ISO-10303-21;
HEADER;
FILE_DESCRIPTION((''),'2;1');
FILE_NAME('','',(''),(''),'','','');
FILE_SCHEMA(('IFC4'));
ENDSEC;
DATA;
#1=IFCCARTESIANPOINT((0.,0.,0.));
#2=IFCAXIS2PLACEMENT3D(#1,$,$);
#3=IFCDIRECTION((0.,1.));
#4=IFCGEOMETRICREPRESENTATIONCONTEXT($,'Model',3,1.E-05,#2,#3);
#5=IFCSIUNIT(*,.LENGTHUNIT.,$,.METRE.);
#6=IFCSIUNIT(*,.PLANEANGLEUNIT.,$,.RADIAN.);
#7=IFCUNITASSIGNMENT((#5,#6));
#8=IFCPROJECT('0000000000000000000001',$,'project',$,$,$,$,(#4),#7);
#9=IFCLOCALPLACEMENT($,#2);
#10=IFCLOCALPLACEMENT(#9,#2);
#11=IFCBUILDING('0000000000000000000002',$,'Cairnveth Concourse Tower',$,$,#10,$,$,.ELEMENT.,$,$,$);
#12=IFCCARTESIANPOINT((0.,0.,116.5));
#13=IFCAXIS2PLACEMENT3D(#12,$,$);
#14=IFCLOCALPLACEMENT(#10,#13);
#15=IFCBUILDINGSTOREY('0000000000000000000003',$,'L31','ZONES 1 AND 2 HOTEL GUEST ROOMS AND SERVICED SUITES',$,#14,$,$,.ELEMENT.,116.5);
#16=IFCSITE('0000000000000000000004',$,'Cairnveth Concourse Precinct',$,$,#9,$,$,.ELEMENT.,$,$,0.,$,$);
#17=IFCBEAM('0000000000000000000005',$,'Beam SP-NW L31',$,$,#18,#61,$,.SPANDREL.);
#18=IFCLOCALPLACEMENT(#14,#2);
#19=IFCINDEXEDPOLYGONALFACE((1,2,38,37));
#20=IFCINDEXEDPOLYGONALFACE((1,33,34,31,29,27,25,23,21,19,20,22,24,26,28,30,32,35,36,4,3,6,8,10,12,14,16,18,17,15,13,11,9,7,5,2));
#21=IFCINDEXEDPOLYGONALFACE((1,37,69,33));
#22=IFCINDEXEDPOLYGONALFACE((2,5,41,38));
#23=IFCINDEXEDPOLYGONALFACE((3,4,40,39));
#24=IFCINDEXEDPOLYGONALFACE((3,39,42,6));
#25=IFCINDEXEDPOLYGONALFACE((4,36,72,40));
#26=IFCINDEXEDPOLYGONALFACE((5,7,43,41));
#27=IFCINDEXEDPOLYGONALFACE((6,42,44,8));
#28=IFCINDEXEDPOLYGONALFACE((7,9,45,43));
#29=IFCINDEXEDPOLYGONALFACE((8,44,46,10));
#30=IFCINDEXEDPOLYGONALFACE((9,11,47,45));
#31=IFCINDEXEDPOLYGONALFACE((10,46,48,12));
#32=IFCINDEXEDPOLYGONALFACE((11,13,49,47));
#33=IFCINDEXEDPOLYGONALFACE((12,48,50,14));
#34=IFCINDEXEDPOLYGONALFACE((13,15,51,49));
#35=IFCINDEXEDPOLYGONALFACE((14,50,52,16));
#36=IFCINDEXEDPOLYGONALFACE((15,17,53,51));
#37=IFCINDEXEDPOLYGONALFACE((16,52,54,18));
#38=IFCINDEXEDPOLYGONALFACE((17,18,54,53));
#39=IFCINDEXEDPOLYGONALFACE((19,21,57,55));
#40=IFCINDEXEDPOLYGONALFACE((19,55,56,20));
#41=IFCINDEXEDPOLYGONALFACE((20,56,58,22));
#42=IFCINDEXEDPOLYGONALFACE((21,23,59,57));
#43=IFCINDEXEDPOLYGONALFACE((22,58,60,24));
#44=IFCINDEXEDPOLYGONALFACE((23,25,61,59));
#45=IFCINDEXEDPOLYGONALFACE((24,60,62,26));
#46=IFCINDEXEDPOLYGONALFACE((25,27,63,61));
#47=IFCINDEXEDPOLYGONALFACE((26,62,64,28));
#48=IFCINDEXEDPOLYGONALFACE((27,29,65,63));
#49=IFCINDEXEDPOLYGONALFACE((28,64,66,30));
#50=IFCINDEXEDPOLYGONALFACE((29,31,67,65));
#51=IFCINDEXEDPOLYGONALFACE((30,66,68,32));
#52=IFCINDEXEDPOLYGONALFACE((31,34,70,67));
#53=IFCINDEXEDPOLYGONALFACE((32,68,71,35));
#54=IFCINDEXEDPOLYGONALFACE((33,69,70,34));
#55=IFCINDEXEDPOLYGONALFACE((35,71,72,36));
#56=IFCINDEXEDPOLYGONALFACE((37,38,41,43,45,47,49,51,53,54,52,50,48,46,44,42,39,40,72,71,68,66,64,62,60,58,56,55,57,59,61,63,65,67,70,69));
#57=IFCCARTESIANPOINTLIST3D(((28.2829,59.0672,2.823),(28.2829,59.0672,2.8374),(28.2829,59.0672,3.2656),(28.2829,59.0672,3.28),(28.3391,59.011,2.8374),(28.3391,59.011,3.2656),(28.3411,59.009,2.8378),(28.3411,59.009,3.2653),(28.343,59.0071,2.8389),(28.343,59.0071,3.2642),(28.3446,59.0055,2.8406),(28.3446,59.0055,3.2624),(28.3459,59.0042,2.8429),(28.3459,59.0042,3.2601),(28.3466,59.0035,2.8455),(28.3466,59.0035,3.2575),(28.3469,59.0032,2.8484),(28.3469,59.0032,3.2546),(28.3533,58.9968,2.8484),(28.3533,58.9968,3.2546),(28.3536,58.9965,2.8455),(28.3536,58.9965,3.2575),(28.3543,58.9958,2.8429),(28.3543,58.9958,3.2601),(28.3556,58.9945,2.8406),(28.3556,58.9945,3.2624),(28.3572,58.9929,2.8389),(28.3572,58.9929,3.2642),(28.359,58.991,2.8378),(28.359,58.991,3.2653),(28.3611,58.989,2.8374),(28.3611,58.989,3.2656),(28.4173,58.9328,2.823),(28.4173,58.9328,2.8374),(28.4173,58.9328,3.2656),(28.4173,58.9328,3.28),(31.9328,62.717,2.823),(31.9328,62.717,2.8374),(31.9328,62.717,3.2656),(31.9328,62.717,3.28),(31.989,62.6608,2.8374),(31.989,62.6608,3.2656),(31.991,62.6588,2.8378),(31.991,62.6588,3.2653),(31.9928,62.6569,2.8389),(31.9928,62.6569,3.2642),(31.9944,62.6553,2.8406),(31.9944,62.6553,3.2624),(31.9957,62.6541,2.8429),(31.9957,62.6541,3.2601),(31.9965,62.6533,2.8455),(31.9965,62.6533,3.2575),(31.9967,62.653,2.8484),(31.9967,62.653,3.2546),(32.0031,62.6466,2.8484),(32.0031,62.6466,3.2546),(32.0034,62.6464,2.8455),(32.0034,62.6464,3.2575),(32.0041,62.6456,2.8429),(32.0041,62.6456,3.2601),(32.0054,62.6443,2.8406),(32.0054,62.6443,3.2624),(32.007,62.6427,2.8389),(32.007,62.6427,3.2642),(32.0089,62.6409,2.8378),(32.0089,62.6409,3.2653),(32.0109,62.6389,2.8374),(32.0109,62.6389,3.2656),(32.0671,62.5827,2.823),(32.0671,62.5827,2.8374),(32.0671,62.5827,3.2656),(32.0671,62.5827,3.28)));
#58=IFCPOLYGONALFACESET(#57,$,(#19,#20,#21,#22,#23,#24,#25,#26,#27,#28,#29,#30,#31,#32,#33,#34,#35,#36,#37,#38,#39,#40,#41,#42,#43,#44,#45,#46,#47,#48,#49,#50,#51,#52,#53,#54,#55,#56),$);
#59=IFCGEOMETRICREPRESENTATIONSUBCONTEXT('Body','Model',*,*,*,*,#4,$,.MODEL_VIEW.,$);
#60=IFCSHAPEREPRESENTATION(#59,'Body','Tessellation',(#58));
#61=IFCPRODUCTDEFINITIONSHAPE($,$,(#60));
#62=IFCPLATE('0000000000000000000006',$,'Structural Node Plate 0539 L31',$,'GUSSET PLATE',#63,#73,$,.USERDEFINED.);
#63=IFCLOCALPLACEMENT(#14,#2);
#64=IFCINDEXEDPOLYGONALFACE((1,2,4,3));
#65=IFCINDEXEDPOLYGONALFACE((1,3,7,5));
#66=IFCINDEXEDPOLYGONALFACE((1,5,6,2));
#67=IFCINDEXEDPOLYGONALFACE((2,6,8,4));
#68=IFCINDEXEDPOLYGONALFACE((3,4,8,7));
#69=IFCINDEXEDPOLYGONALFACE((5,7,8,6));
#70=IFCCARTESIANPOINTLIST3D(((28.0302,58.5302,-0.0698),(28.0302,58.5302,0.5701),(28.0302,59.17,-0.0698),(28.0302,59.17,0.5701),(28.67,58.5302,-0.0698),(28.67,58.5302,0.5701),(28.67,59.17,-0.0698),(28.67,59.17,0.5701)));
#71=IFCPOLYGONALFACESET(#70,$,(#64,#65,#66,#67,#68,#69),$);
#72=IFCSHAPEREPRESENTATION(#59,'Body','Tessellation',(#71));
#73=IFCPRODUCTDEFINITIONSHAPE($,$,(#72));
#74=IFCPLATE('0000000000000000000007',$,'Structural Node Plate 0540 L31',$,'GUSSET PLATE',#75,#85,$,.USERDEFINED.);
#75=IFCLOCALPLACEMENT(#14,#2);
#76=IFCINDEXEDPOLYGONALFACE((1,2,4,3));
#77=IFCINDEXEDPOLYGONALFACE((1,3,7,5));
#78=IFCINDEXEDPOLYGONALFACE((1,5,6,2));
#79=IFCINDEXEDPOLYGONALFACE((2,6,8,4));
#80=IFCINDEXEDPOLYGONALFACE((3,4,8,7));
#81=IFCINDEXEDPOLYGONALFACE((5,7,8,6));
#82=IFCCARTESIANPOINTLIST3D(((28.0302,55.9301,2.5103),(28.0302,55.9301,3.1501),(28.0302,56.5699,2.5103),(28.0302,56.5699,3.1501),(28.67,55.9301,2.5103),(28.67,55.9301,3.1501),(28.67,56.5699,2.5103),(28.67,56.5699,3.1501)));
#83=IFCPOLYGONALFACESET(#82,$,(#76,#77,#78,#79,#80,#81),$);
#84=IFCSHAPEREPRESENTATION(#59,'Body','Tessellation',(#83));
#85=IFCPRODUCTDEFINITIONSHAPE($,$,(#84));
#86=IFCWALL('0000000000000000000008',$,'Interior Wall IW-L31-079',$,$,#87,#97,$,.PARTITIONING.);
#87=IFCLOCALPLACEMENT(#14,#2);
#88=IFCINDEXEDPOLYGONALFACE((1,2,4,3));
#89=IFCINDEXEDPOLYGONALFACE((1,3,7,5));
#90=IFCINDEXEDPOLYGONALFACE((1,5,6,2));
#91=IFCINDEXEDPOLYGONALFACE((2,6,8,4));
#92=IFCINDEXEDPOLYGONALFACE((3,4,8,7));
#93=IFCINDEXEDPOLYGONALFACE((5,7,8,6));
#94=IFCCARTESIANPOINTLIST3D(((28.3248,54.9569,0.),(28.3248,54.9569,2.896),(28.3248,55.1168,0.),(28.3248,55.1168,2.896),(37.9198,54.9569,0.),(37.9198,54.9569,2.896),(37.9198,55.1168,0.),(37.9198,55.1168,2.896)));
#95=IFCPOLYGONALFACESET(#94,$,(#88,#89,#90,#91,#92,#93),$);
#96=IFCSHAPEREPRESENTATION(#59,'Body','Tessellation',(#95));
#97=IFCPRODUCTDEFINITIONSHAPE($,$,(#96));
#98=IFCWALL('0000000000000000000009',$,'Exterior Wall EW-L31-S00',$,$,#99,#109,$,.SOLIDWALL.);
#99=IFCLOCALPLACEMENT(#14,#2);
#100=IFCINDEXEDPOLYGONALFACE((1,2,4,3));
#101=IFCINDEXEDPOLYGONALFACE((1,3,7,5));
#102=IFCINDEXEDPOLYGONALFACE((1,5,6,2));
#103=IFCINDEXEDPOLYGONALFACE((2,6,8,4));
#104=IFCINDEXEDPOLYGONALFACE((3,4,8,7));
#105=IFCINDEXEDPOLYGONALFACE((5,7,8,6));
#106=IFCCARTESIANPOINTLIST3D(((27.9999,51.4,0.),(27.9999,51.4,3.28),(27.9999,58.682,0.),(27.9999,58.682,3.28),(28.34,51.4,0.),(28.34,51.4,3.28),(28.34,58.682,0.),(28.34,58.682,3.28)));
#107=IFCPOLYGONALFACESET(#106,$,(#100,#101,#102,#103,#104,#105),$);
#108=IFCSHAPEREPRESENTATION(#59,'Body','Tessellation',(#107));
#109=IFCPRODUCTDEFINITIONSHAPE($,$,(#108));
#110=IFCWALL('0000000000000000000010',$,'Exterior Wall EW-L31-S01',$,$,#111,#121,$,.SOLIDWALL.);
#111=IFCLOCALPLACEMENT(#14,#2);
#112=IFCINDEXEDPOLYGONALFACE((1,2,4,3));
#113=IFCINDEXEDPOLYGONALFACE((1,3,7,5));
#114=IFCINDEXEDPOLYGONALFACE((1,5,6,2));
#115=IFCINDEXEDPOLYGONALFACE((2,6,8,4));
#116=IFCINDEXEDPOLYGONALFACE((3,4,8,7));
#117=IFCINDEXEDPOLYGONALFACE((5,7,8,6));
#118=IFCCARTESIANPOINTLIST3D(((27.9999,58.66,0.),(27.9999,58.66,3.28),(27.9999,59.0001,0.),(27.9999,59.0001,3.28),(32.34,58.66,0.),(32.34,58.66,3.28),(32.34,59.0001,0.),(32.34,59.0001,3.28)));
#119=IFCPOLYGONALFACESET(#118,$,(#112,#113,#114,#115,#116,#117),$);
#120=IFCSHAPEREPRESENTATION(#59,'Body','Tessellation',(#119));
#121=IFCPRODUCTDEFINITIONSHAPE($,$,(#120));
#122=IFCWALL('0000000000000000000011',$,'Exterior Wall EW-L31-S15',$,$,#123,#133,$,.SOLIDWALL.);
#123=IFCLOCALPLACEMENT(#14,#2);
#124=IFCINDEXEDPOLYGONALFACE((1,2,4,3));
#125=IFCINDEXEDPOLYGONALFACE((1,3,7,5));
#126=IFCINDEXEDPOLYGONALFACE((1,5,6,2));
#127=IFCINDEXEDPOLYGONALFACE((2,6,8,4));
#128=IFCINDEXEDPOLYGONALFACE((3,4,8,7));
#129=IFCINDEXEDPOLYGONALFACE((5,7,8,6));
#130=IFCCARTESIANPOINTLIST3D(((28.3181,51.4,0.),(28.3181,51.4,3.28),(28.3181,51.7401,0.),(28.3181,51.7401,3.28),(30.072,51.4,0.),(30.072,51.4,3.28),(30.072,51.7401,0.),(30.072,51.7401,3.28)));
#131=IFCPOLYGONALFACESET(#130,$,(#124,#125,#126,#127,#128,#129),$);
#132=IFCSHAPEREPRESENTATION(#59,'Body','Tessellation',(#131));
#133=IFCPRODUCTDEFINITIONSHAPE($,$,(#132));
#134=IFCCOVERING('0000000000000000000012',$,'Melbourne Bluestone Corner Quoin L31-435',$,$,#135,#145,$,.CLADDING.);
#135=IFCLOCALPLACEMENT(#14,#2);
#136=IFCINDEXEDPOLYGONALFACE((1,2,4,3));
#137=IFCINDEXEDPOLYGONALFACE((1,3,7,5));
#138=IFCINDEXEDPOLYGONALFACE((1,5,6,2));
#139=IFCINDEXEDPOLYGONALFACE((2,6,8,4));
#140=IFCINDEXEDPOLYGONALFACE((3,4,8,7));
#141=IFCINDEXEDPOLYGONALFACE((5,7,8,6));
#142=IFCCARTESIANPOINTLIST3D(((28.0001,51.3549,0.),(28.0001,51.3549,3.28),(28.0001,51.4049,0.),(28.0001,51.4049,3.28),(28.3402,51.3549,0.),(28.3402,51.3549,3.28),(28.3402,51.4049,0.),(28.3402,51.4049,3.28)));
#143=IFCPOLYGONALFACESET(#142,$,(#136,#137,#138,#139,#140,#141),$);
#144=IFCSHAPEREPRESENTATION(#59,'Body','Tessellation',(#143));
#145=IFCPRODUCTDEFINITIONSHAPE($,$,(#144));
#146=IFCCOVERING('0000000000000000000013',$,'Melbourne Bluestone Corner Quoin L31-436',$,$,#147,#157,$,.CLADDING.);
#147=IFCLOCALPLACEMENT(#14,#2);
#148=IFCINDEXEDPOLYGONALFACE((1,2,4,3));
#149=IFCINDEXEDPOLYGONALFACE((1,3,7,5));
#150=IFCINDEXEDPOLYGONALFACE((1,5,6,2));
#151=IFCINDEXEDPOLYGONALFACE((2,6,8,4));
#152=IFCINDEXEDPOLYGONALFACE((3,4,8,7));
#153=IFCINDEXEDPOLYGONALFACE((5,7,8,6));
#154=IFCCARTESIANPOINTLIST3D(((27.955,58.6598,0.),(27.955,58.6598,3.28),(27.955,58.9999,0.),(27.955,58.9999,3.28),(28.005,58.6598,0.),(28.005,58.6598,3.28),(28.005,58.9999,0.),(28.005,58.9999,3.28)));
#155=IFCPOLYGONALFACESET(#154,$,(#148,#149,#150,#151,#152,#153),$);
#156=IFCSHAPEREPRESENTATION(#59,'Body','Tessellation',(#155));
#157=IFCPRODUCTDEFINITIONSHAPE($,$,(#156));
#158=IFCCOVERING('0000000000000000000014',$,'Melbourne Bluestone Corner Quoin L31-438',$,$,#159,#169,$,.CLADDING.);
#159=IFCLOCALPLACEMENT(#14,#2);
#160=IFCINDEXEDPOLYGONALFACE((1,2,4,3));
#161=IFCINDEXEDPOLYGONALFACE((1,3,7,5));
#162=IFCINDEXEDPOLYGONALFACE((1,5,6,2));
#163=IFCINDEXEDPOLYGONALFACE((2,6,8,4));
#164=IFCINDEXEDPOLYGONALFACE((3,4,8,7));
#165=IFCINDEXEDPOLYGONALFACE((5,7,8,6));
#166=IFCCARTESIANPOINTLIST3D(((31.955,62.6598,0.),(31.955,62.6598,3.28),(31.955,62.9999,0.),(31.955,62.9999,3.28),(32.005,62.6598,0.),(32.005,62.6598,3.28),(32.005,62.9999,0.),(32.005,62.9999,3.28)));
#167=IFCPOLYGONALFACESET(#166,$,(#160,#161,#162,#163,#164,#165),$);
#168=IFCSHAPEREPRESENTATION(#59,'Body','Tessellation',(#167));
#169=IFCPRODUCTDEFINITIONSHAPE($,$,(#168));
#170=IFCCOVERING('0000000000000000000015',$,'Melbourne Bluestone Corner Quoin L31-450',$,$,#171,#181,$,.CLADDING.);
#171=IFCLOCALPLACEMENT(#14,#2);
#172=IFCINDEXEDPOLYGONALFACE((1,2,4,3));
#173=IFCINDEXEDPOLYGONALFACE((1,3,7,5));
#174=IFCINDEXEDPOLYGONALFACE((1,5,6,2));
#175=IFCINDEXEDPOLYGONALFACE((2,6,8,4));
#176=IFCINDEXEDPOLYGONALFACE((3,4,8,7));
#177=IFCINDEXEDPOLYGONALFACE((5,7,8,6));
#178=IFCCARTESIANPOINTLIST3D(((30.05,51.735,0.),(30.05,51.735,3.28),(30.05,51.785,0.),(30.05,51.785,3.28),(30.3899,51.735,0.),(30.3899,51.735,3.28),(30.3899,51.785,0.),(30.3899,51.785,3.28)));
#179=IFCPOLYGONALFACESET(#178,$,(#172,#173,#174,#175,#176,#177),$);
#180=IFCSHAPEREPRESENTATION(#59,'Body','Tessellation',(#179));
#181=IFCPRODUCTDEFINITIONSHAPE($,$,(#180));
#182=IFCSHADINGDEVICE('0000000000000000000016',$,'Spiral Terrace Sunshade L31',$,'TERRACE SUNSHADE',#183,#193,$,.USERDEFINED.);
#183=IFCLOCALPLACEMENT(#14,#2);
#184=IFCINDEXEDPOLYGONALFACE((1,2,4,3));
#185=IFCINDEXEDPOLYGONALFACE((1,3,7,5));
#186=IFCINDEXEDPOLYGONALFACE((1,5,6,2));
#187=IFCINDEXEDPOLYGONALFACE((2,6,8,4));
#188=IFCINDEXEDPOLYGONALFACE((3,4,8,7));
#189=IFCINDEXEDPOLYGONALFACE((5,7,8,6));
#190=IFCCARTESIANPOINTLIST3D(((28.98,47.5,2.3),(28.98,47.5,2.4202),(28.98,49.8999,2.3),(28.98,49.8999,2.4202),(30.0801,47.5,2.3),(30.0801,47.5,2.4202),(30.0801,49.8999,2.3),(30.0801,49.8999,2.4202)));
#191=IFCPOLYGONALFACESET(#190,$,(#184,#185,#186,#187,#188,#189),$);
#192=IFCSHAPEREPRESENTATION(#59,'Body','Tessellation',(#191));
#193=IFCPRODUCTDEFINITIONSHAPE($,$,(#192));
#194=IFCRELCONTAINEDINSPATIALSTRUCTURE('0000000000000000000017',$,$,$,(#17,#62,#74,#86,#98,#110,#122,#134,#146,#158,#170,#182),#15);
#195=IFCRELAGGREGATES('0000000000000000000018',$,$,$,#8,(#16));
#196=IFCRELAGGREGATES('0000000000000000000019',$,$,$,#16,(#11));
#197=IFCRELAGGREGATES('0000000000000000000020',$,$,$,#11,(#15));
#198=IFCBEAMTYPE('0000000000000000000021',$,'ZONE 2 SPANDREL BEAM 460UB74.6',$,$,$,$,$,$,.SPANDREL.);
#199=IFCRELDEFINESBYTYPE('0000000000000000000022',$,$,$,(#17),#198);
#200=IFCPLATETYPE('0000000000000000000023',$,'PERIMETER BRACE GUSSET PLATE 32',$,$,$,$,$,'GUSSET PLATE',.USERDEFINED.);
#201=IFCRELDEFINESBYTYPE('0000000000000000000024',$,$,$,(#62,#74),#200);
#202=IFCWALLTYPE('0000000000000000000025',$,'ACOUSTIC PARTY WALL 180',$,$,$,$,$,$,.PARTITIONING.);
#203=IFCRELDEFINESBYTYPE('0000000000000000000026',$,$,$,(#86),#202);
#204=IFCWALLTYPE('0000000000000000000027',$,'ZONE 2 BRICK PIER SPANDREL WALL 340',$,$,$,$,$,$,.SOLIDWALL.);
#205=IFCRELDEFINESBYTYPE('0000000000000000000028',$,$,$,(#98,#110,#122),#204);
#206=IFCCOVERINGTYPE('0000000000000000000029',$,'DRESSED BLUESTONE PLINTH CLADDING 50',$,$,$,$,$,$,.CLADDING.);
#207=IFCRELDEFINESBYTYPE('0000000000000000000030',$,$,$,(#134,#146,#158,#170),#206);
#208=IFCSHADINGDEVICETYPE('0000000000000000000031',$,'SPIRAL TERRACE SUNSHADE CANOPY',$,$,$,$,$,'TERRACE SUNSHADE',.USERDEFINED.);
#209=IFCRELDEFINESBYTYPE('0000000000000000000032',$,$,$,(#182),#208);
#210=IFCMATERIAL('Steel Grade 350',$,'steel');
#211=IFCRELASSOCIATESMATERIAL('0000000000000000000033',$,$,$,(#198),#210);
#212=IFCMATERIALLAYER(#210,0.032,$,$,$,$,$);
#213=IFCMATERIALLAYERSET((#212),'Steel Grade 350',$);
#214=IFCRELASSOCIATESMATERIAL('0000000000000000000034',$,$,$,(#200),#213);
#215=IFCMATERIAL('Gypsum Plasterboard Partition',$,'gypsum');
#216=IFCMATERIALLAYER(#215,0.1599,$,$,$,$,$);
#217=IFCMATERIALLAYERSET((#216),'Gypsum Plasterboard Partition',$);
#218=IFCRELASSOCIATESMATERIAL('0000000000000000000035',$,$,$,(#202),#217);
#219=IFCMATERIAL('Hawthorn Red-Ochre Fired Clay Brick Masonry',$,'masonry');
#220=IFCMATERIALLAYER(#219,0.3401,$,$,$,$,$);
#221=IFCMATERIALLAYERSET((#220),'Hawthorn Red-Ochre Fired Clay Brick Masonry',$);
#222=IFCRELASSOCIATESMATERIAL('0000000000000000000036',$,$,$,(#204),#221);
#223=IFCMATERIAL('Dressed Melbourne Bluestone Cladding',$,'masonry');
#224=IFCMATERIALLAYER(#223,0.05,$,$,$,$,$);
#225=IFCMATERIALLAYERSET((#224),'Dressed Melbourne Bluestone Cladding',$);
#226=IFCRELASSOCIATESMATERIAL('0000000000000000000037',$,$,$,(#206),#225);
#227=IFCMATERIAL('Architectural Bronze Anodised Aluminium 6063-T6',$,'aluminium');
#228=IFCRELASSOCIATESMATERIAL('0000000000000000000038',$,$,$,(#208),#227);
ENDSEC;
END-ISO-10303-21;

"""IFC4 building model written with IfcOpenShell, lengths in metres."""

from ifc_helpers import new_model, si_unit, direction, frame, frame_2d, origin, origin_2d, place, context, subcontext, project, spatial, rectangle, i_section, extrude, material, layer, layer_set, material_profile, profile_set, type_object, element, save


model = new_model("IFC4")

# Units and contexts
model_context = context("Model", 3, precision=1e-05, world=origin(), true_north=direction((0.0, 1.0)))
body_context = subcontext(model_context, "Body", "Model", "MODEL_VIEW")
ifc_project = project(units=[si_unit("LENGTHUNIT", "METRE"), si_unit("PLANEANGLEUNIT", "RADIAN")], contexts=[model_context])

# Site, building, storey
site_placement = place(None, origin())
site = spatial("IfcSite", under=ifc_project, at=site_placement, Name="Cairnveth Concourse Precinct", CompositionType="ELEMENT", RefElevation=0.0)
building_placement = place(site_placement, origin())
building = spatial("IfcBuilding", under=site, at=building_placement, Name="Cairnveth Concourse Tower", CompositionType="ELEMENT")
storey_placement = place(building_placement, frame((0.0, 0.0, 116.5)))
storey = spatial("IfcBuildingStorey", under=building, at=storey_placement, Name="L31", Description="ZONES 1 AND 2 HOTEL GUEST ROOMS AND SERVICED SUITES", CompositionType="ELEMENT", Elevation=116.5)

# Shared definitions
ifc_material_1 = material(Name="Steel Grade 350", Category="steel")

# Beam
ifc_material_profile_1 = material_profile(ifc_material_1, i_section(OverallWidth=0.1899, OverallDepth=0.457, WebThickness=0.009, FlangeThickness=0.0144, FilletRadius=0.011, at=origin_2d()), Name="460UB74.6")
ifc_profile_set_1 = profile_set([ifc_material_profile_1], Name="Steel Grade 350")
beam_type_1 = type_object("IfcBeamType", Name="ZONE 2 SPANDREL BEAM 460UB74.6", PredefinedType="SPANDREL", material=ifc_profile_set_1)
beam_1_placement = place(storey_placement, frame((28.3501, 59.0, 3.0515), z_axis=(0.707107, 0.707107, 0.0), x_axis=(-0.707107, 0.707107, 0.0)))
element("IfcBeam", 1, at=beam_1_placement, inside=storey, type_object=beam_type_1, Name="Beam SP-NW L31", PredefinedType="SPANDREL", context=body_context, shape_type="SweptSolid", body=[
    extrude(i_section(OverallWidth=0.1899, OverallDepth=0.457, WebThickness=0.009, FlangeThickness=0.0144, FilletRadius=0.011, at=origin_2d()), origin(), (0.0, 0.0, 1.0), 5.1616),
])

# Plates
ifc_layer_1 = layer(ifc_material_1, 0.032)
ifc_layer_set_1 = layer_set([ifc_layer_1], Name="Steel Grade 350")
plate_type = type_object("IfcPlateType", Name="PERIMETER BRACE GUSSET PLATE 32", ElementType="GUSSET PLATE", PredefinedType="USERDEFINED", material=ifc_layer_set_1)
for number, where, z_axis, x_axis, name in (
    (2, (28.3501, 58.8501, -0.0698), (0.0, 0.0, 1.0), (1.0, 0.0, 0.0), "Structural Node Plate 0539 L31"),
    (3, (28.3501, 56.25, 2.5103), (0.0, 0.0, 1.0), (1.0, 0.0, 0.0), "Structural Node Plate 0540 L31"),
):
    element("IfcPlate", number, at=place(storey_placement, frame(where, z_axis=z_axis, x_axis=x_axis)), inside=storey, type_object=plate_type, Name=name, ObjectType="GUSSET PLATE", PredefinedType="USERDEFINED", context=body_context, shape_type="SweptSolid", body=[
        extrude(rectangle(XDim=0.6399, YDim=0.6399, at=origin_2d()), origin(), (0.0, 0.0, 1.0), 0.6399),
    ])

# Walls
ifc_material_2 = material(Name="Gypsum Plasterboard Partition", Category="gypsum")
ifc_layer_2 = layer(ifc_material_2, 0.1599)
ifc_layer_set_2 = layer_set([ifc_layer_2], Name="Gypsum Plasterboard Partition")
wall_type_1 = type_object("IfcWallType", Name="ACOUSTIC PARTY WALL 180", PredefinedType="PARTITIONING", material=ifc_layer_set_2)
wall_1_placement = place(storey_placement, frame((28.325, 55.0369, 0.0), z_axis=(0.0, 0.0, 1.0), x_axis=(1.0, 0.0, 0.0)))
element("IfcWall", 4, at=wall_1_placement, inside=storey, type_object=wall_type_1, Name="Interior Wall IW-L31-079", PredefinedType="PARTITIONING", context=body_context, shape_type="SweptSolid", body=[
    extrude(rectangle(XDim=9.595, YDim=0.1599, at=frame_2d((4.7974, 0.0))), origin(), (0.0, 0.0, 1.0), 2.896),
])
ifc_material_3 = material(Name="Hawthorn Red-Ochre Fired Clay Brick Masonry", Category="masonry")
ifc_layer_3 = layer(ifc_material_3, 0.3401)
ifc_layer_set_3 = layer_set([ifc_layer_3], Name="Hawthorn Red-Ochre Fired Clay Brick Masonry")
wall_type_2 = type_object("IfcWallType", Name="ZONE 2 BRICK PIER SPANDREL WALL 340", PredefinedType="SOLIDWALL", material=ifc_layer_set_3)
wall_2_placement = place(storey_placement, frame((28.1699, 51.3999, 0.0), z_axis=(0.0, 0.0, 1.0), x_axis=(0.0, 1.0, 0.0)))
element("IfcWall", 5, at=wall_2_placement, inside=storey, type_object=wall_type_2, Name="Exterior Wall EW-L31-S00", PredefinedType="SOLIDWALL", context=body_context, shape_type="SweptSolid", body=[
    extrude(rectangle(XDim=7.282, YDim=0.3401, at=frame_2d((3.6411, 0.0))), origin(), (0.0, 0.0, 1.0), 3.28),
])
wall_3_placement = place(storey_placement, frame((28.0, 58.8301, 0.0), z_axis=(0.0, 0.0, 1.0), x_axis=(1.0, 0.0, 0.0)))
element("IfcWall", 6, at=wall_3_placement, inside=storey, type_object=wall_type_2, Name="Exterior Wall EW-L31-S01", PredefinedType="SOLIDWALL", context=body_context, shape_type="SweptSolid", body=[
    extrude(rectangle(XDim=4.3401, YDim=0.3401, at=frame_2d((2.1699, 0.0))), origin(), (0.0, 0.0, 1.0), 3.28),
])
wall_4_placement = place(storey_placement, frame((30.072, 51.5701, 0.0), z_axis=(0.0, 0.0, 1.0), x_axis=(-1.0, 0.0, 0.0)))
element("IfcWall", 7, at=wall_4_placement, inside=storey, type_object=wall_type_2, Name="Exterior Wall EW-L31-S15", PredefinedType="SOLIDWALL", context=body_context, shape_type="SweptSolid", body=[
    extrude(rectangle(XDim=1.7539, YDim=0.3401, at=frame_2d((0.877, 0.0))), origin(), (0.0, 0.0, 1.0), 3.28),
])

# Coverings
ifc_material_4 = material(Name="Dressed Melbourne Bluestone Cladding", Category="masonry")
ifc_layer_4 = layer(ifc_material_4, 0.05)
ifc_layer_set_4 = layer_set([ifc_layer_4], Name="Dressed Melbourne Bluestone Cladding")
covering_type = type_object("IfcCoveringType", Name="DRESSED BLUESTONE PLINTH CLADDING 50", PredefinedType="CLADDING", material=ifc_layer_set_4)
for number, where, z_axis, x_axis, name in (
    (8, (28.3401, 51.3799, 0.0), (0.0, 0.0, 1.0), (-1.0, 0.0, 0.0), "Melbourne Bluestone Corner Quoin L31-435"),
    (9, (27.98, 58.6599, 0.0), (0.0, 0.0, 1.0), (0.0, 1.0, 0.0), "Melbourne Bluestone Corner Quoin L31-436"),
    (10, (31.98, 62.6599, 0.0), (0.0, 0.0, 1.0), (0.0, 1.0, 0.0), "Melbourne Bluestone Corner Quoin L31-438"),
):
    element("IfcCovering", number, at=place(storey_placement, frame(where, z_axis=z_axis, x_axis=x_axis)), inside=storey, type_object=covering_type, Name=name, PredefinedType="CLADDING", context=body_context, shape_type="SweptSolid", body=[
        extrude(rectangle(XDim=0.3401, YDim=0.05, at=frame_2d((0.1699, 0.0))), origin(), (0.0, 0.0, 1.0), 3.28),
    ])
covering_placement = place(storey_placement, frame((30.3899, 51.76, 0.0), z_axis=(0.0, 0.0, 1.0), x_axis=(-1.0, 0.0, 0.0)))
element("IfcCovering", 11, at=covering_placement, inside=storey, type_object=covering_type, Name="Melbourne Bluestone Corner Quoin L31-450", PredefinedType="CLADDING", context=body_context, shape_type="SweptSolid", body=[
    extrude(rectangle(XDim=0.3398, YDim=0.05, at=frame_2d((0.1699, 0.0))), origin(), (0.0, 0.0, 1.0), 3.28),
])

# Shading device
ifc_material_5 = material(Name="Architectural Bronze Anodised Aluminium 6063-T6", Category="aluminium")
shading_device_type = type_object("IfcShadingDeviceType", Name="SPIRAL TERRACE SUNSHADE CANOPY", ElementType="TERRACE SUNSHADE", PredefinedType="USERDEFINED", material=ifc_material_5)
shading_device_placement = place(storey_placement, frame((29.53, 48.7, 2.3), z_axis=(0.0, 0.0, 1.0), x_axis=(1.0, 0.0, 0.0)))
element("IfcShadingDevice", 12, at=shading_device_placement, inside=storey, type_object=shading_device_type, Name="Spiral Terrace Sunshade L31", ObjectType="TERRACE SUNSHADE", PredefinedType="USERDEFINED", context=body_context, shape_type="SweptSolid", body=[
    extrude(rectangle(XDim=1.1001, YDim=2.3999, at=origin_2d()), origin(), (0.0, 0.0, 1.0), 0.1201),
])

save(model, "model.ifc")
